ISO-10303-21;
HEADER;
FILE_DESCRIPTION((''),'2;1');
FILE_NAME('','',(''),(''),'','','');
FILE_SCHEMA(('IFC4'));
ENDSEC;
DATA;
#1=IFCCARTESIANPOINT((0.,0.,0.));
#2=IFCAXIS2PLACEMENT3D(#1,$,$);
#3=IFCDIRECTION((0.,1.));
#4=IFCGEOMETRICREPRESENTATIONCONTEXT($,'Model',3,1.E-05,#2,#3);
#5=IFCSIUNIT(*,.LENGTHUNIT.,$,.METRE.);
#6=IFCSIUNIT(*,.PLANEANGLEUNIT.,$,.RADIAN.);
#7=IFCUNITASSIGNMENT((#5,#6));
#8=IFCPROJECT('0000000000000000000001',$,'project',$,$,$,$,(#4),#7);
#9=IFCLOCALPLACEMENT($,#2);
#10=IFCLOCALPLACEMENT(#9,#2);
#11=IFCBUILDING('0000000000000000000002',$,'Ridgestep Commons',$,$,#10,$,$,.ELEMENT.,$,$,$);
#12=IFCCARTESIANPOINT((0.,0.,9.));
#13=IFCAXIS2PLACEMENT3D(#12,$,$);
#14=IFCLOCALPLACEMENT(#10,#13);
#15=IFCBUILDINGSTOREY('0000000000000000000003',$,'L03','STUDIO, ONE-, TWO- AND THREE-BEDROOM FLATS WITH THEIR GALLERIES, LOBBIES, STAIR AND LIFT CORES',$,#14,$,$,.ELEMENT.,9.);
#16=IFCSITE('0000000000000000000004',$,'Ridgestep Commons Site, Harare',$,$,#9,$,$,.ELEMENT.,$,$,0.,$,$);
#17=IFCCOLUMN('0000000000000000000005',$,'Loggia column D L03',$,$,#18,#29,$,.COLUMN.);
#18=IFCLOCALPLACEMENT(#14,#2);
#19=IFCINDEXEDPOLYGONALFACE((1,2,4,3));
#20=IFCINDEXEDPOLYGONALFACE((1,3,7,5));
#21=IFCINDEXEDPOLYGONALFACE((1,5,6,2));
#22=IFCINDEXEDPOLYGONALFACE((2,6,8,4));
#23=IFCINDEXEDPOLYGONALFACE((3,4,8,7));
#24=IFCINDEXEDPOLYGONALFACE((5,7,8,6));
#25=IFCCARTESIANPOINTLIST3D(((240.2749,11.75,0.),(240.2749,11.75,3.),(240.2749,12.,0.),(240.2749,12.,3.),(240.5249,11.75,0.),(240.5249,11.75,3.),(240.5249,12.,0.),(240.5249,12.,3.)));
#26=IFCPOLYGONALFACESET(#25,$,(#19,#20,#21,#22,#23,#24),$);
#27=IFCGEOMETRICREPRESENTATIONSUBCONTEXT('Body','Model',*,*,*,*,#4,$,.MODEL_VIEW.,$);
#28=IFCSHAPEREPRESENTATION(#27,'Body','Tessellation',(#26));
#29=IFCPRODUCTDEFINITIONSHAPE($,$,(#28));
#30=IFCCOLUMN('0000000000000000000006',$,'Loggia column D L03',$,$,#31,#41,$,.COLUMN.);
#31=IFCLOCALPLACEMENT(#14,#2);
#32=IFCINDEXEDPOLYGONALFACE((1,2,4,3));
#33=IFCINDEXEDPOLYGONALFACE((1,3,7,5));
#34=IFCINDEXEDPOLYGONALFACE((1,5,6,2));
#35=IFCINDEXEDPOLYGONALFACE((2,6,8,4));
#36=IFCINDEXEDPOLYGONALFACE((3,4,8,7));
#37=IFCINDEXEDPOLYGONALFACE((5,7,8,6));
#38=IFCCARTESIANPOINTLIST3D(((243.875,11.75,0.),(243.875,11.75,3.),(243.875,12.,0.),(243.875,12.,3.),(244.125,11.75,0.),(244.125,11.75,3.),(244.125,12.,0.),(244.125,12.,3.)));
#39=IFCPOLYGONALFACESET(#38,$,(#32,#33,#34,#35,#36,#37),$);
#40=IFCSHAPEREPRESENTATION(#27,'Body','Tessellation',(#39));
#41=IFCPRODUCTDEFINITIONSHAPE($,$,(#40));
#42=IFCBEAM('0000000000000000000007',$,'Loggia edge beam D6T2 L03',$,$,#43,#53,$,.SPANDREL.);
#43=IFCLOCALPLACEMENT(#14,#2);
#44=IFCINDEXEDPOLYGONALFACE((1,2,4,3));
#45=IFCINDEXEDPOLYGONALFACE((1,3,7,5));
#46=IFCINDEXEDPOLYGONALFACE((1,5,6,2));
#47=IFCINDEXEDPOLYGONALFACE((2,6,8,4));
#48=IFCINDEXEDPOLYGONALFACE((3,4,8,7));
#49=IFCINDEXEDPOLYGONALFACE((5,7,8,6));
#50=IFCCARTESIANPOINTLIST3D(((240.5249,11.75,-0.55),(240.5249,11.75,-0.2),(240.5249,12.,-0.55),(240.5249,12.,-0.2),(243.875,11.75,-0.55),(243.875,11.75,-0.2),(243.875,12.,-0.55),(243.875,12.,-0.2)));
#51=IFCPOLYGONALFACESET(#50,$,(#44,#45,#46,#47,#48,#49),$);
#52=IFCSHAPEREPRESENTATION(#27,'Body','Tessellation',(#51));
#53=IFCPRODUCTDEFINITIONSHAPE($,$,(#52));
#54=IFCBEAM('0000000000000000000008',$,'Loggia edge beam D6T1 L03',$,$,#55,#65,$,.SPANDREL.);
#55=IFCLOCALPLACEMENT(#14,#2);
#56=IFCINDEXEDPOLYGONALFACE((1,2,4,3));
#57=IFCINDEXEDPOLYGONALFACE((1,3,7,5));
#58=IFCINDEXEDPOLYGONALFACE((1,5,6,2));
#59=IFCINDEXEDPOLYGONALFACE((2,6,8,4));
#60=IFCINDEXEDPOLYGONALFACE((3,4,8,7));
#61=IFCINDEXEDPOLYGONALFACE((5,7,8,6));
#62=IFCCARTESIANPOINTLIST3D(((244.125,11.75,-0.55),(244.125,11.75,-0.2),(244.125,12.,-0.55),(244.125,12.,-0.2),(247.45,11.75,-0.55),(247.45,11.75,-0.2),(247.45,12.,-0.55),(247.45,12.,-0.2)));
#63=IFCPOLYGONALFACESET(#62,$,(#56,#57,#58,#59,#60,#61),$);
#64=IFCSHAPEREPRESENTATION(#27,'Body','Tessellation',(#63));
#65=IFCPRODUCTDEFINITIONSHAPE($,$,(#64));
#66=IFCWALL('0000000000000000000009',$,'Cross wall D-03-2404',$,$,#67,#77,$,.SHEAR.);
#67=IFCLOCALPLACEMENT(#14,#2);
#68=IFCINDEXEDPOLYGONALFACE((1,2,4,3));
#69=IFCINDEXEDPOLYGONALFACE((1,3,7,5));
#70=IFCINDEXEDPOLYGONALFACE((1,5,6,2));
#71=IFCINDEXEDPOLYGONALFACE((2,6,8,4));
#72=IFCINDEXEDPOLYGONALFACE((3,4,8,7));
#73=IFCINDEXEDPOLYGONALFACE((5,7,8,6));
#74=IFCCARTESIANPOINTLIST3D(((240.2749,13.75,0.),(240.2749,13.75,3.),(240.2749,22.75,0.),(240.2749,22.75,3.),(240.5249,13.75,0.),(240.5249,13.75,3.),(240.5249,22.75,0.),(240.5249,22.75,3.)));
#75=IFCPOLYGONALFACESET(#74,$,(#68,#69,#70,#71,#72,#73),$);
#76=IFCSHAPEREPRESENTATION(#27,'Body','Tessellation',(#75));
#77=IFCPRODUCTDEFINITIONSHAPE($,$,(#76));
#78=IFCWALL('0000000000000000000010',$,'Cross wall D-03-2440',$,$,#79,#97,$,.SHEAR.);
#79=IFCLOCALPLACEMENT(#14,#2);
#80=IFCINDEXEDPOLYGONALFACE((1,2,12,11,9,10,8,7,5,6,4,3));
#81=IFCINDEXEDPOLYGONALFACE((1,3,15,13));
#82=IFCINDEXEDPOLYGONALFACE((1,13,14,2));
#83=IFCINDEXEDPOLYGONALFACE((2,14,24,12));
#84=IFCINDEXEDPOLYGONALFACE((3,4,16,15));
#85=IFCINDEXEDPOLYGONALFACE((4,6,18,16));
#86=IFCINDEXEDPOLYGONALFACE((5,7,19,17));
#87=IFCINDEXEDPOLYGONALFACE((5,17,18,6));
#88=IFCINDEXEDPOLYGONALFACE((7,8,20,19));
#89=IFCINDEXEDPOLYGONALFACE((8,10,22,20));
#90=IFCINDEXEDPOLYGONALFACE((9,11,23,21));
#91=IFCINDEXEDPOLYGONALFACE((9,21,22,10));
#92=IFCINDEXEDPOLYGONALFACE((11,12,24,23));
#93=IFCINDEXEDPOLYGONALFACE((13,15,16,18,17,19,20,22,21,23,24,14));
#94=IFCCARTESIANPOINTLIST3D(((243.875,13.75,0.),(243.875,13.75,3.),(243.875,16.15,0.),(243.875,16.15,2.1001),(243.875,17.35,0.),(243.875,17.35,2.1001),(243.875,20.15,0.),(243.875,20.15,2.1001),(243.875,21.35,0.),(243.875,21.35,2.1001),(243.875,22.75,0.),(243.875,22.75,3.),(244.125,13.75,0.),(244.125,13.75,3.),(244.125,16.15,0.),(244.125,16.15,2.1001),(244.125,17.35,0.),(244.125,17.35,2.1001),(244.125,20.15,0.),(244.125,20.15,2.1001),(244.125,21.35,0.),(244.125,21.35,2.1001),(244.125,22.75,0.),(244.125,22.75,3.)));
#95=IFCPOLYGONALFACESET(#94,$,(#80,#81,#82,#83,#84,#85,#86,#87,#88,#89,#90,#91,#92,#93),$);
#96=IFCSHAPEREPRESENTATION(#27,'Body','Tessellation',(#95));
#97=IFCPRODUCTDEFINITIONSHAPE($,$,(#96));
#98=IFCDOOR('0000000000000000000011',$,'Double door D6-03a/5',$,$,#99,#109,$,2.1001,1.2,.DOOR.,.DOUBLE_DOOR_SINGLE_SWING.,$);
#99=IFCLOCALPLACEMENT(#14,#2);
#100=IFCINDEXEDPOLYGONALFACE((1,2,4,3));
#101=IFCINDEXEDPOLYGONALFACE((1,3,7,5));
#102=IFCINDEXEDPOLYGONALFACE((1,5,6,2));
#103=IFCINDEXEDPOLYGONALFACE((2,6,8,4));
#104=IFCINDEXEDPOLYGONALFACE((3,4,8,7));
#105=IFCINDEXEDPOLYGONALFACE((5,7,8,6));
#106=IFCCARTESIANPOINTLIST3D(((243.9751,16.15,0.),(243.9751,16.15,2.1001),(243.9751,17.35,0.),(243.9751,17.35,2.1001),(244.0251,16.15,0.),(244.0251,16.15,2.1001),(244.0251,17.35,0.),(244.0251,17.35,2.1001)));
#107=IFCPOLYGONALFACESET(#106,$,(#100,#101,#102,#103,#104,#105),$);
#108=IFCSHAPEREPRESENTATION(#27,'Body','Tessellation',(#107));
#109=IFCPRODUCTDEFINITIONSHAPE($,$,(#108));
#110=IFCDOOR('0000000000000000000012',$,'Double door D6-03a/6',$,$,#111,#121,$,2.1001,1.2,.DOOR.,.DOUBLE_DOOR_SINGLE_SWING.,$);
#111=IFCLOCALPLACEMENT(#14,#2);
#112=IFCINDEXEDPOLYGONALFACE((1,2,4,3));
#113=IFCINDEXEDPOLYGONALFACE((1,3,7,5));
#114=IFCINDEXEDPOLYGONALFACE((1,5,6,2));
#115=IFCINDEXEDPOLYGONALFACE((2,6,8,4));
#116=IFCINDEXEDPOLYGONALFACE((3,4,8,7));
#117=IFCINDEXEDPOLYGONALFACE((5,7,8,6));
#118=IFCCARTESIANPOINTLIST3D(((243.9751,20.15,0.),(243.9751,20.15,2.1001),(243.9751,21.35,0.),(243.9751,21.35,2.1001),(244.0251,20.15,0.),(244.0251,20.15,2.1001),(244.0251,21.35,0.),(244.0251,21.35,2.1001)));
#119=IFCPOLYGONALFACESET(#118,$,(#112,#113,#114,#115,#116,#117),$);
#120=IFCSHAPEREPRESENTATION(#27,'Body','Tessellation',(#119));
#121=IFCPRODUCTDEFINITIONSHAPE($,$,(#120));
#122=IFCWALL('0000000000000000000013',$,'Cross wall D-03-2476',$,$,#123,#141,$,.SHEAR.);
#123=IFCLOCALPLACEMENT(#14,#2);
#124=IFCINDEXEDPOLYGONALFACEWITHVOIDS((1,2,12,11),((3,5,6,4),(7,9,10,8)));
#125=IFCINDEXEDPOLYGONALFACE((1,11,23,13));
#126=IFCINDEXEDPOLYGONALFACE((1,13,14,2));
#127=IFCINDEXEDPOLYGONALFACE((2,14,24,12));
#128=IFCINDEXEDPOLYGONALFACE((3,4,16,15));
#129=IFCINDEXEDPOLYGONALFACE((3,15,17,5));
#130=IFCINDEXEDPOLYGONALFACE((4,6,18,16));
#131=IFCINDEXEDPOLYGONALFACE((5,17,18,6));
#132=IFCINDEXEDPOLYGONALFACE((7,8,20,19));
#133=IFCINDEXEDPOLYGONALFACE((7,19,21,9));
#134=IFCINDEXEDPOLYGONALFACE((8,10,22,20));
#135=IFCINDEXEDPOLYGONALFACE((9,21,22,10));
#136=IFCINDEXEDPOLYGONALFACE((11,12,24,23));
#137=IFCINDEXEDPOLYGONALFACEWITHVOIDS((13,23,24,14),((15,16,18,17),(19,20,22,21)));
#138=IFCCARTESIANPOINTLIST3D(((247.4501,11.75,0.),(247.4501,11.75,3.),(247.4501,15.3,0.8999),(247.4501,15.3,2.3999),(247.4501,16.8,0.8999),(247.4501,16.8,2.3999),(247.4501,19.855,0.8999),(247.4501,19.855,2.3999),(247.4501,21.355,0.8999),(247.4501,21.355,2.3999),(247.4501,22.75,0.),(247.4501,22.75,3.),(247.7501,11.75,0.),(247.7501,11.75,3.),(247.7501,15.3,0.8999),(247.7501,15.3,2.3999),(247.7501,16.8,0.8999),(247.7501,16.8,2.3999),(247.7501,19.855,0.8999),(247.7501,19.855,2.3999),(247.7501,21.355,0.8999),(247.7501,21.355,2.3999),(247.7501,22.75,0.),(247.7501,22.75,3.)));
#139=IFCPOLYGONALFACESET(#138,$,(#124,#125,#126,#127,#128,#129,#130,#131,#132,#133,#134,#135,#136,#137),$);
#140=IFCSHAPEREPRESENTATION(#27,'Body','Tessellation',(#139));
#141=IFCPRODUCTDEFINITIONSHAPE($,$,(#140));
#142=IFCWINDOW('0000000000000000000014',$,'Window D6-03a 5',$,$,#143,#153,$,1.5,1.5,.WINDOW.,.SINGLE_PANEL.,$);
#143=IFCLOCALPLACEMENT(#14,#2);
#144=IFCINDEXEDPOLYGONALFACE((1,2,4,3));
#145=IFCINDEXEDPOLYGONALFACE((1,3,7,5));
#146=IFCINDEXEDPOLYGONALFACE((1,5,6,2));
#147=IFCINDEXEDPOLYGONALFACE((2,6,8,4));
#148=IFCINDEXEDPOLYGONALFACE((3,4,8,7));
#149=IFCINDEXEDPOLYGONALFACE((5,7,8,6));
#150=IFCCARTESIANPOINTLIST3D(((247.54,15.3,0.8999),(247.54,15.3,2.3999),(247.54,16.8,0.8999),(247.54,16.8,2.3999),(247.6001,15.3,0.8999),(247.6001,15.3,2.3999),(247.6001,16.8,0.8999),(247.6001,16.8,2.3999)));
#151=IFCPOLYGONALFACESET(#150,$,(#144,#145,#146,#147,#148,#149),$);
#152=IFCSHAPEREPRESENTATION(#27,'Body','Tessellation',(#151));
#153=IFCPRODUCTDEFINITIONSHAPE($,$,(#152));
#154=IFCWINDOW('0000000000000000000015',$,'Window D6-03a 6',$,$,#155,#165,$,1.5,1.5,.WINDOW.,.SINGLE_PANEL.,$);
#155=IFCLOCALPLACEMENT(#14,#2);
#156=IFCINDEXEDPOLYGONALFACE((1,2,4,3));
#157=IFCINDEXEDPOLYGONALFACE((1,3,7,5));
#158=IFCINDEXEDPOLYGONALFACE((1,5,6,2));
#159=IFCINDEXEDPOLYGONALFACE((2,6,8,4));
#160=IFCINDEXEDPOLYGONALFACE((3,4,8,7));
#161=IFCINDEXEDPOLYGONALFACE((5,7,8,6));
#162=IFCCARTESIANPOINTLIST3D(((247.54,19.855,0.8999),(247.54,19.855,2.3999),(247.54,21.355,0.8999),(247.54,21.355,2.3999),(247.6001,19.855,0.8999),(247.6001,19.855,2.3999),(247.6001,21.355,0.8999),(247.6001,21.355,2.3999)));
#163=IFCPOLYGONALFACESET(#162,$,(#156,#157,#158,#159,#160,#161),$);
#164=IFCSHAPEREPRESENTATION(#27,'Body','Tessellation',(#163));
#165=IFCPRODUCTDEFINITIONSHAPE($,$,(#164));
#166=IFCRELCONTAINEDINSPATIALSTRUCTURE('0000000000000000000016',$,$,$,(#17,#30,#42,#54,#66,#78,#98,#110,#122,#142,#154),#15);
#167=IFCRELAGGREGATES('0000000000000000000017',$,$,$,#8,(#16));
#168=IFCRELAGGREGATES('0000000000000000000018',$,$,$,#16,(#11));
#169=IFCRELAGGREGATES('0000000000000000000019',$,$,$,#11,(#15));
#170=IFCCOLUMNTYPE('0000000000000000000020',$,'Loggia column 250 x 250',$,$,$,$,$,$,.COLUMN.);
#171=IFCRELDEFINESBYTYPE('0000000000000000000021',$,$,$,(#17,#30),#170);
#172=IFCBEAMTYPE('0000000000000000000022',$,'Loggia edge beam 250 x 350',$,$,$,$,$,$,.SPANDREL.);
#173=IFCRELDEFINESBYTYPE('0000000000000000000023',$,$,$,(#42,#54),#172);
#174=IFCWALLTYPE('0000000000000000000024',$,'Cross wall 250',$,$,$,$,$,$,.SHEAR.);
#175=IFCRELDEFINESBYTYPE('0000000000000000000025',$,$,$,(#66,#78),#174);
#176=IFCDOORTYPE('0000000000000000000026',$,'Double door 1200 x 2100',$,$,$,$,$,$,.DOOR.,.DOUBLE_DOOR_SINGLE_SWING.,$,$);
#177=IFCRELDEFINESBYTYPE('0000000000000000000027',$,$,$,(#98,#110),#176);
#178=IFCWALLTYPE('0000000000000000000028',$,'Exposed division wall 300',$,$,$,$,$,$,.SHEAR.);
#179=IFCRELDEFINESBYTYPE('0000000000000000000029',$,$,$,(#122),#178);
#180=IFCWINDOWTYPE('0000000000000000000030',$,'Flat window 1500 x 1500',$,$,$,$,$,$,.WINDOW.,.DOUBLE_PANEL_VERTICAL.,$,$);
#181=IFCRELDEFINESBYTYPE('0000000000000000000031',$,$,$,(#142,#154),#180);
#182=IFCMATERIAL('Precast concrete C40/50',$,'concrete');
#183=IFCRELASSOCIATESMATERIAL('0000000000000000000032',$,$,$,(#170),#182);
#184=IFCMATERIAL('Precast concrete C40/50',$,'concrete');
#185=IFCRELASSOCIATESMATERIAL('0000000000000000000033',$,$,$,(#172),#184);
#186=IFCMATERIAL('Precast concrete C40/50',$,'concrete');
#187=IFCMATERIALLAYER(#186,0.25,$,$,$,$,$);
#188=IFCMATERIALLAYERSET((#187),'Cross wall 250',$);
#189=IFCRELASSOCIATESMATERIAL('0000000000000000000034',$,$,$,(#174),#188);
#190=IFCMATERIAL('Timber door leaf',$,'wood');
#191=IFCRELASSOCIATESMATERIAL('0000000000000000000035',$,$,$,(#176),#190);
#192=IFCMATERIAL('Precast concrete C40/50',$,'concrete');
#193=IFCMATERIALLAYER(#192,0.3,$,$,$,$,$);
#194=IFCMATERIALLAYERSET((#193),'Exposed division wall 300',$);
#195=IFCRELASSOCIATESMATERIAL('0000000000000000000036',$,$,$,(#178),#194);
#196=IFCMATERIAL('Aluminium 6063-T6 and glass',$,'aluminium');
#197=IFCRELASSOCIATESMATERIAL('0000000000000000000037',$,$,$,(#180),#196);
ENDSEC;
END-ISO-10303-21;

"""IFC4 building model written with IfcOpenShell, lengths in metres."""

from ifc_helpers import new_model, si_unit, direction, frame, frame_2d, origin, origin_2d, place, context, subcontext, project, spatial, rectangle, extrude, material, layer, layer_set, material_profile, profile_set, type_object, element, fill, save


model = new_model("IFC4")

# Units and contexts
model_context = context("Model", 3, precision=1e-05, world=origin(), true_north=direction((0.0, 1.0)))
body_context = subcontext(model_context, "Body", "Model", "MODEL_VIEW")
ifc_project = project(units=[si_unit("LENGTHUNIT", "METRE"), si_unit("PLANEANGLEUNIT", "RADIAN")], contexts=[model_context])

# Site, building, storey
site_placement = place(None, origin())
site = spatial("IfcSite", under=ifc_project, at=site_placement, Name="Ridgestep Commons Site, Harare", CompositionType="ELEMENT", RefElevation=0.0)
building_placement = place(site_placement, origin())
building = spatial("IfcBuilding", under=site, at=building_placement, Name="Ridgestep Commons", CompositionType="ELEMENT")
storey_placement = place(building_placement, frame((0.0, 0.0, 9.0)))
storey = spatial("IfcBuildingStorey", under=building, at=storey_placement, Name="L03", Description="STUDIO, ONE-, TWO- AND THREE-BEDROOM FLATS WITH THEIR GALLERIES, LOBBIES, STAIR AND LIFT CORES", CompositionType="ELEMENT", Elevation=9.0)

# Columns
ifc_material_1 = material(Name="Precast concrete C40/50", Category="concrete")
ifc_material_profile_1 = material_profile(ifc_material_1, rectangle(XDim=0.25, YDim=0.25, at=origin_2d()), Name="PC 250x250")
ifc_profile_set_1 = profile_set([ifc_material_profile_1], Name="Precast concrete C40/50")
column_type = type_object("IfcColumnType", Name="Loggia column 250 x 250", PredefinedType="COLUMN", material=ifc_profile_set_1)
for number, where, z_axis, x_axis, name in (
    (1, (240.3999, 11.875, 0.0), (0.0, 0.0, 1.0), (1.0, 0.0, 0.0), "Loggia column D L03"),
    (2, (244.0, 11.875, 0.0), (0.0, 0.0, 1.0), (1.0, 0.0, 0.0), "Loggia column D L03"),
):
    element("IfcColumn", number, at=place(storey_placement, frame(where, z_axis=z_axis, x_axis=x_axis)), inside=storey, type_object=column_type, Name=name, PredefinedType="COLUMN", context=body_context, shape_type="SweptSolid", body=[
        extrude(rectangle(XDim=0.25, YDim=0.25, at=origin_2d()), origin(), (0.0, 0.0, 1.0), 3.0),
    ])

# Beams
ifc_material_2 = material(Name="Precast concrete C40/50", Category="concrete")
ifc_material_profile_2 = material_profile(ifc_material_2, rectangle(XDim=0.25, YDim=0.3501, at=origin_2d()), Name="PC 250x350")
ifc_profile_set_2 = profile_set([ifc_material_profile_2], Name="Precast concrete C40/50")
beam_type = type_object("IfcBeamType", Name="Loggia edge beam 250 x 350", PredefinedType="SPANDREL", material=ifc_profile_set_2)
beam_1_placement = place(storey_placement, frame((240.5249, 11.875, -0.375), z_axis=(1.0, 0.0, 0.0), x_axis=(0.0, 1.0, 0.0)))
element("IfcBeam", 3, at=beam_1_placement, inside=storey, type_object=beam_type, Name="Loggia edge beam D6T2 L03", PredefinedType="SPANDREL", context=body_context, shape_type="SweptSolid", body=[
    extrude(rectangle(XDim=0.25, YDim=0.3501, at=origin_2d()), origin(), (0.0, 0.0, 1.0), 3.3501),
])
beam_2_placement = place(storey_placement, frame((244.125, 11.875, -0.375), z_axis=(1.0, 0.0, 0.0), x_axis=(0.0, 1.0, 0.0)))
element("IfcBeam", 4, at=beam_2_placement, inside=storey, type_object=beam_type, Name="Loggia edge beam D6T1 L03", PredefinedType="SPANDREL", context=body_context, shape_type="SweptSolid", body=[
    extrude(rectangle(XDim=0.25, YDim=0.3501, at=origin_2d()), origin(), (0.0, 0.0, 1.0), 3.325),
])

# Wall
ifc_material_3 = material(Name="Precast concrete C40/50", Category="concrete")
ifc_layer_1 = layer(ifc_material_3, 0.25)
ifc_layer_set_1 = layer_set([ifc_layer_1], Name="Cross wall 250")
wall_type_1 = type_object("IfcWallType", Name="Cross wall 250", PredefinedType="SHEAR", material=ifc_layer_set_1)
wall_1_placement = place(storey_placement, frame((240.3999, 13.75, 0.0), z_axis=(0.0, 0.0, 1.0), x_axis=(0.0, 1.0, 0.0)))
element("IfcWall", 5, at=wall_1_placement, inside=storey, type_object=wall_type_1, Name="Cross wall D-03-2404", PredefinedType="SHEAR", context=body_context, shape_type="SweptSolid", body=[
    extrude(rectangle(XDim=9.0, YDim=0.25, at=frame_2d((4.5, 0.0))), origin(), (0.0, 0.0, 1.0), 3.0),
])

# Wall, openings, doors
wall_2_placement = place(storey_placement, frame((244.0, 13.75, 0.0), z_axis=(0.0, 0.0, 1.0), x_axis=(0.0, 1.0, 0.0)))
wall_2 = element("IfcWall", 6, at=wall_2_placement, inside=storey, type_object=wall_type_1, Name="Cross wall D-03-2440", PredefinedType="SHEAR", context=body_context, shape_type="SweptSolid", body=[
    extrude(rectangle(XDim=9.0, YDim=0.25, at=frame_2d((4.5, 0.0))), origin(), (0.0, 0.0, 1.0), 3.0),
])
opening_1_placement = place(wall_2_placement, frame((2.3999, 0.0, 0.0)))
opening_1 = element("IfcOpeningElement", 7, at=opening_1_placement, cuts=wall_2, PredefinedType="OPENING", context=body_context, shape_type="SweptSolid", body=[
    extrude(rectangle(XDim=1.2, YDim=2.1001, at=frame_2d((0.6001, 1.05))), frame((0.0, 0.135, 0.0), z_axis=(0.0, -1.0, 0.0), x_axis=(1.0, 0.0, 0.0)), (0.0, 0.0, 1.0), 0.27),
])
opening_2_placement = place(wall_2_placement, frame((6.3999, 0.0, 0.0)))
opening_2 = element("IfcOpeningElement", 8, at=opening_2_placement, cuts=wall_2, PredefinedType="OPENING", context=body_context, shape_type="SweptSolid", body=[
    extrude(rectangle(XDim=1.2, YDim=2.1001, at=frame_2d((0.6001, 1.05))), frame((0.0, 0.135, 0.0), z_axis=(0.0, -1.0, 0.0), x_axis=(1.0, 0.0, 0.0)), (0.0, 0.0, 1.0), 0.27),
])
ifc_material_4 = material(Name="Timber door leaf", Category="wood")
door_type_1 = type_object("IfcDoorType", Name="Double door 1200 x 2100", OperationType="DOUBLE_DOOR_SINGLE_SWING", PredefinedType="DOOR", material=ifc_material_4)
door_1_placement = place(opening_1_placement, origin())
door_1 = element("IfcDoor", 9, at=door_1_placement, inside=storey, type_object=door_type_1, Name="Double door D6-03a/5", OperationType="DOUBLE_DOOR_SINGLE_SWING", OverallHeight=2.1001, OverallWidth=1.2, PredefinedType="DOOR", context=body_context, shape_type="SweptSolid", body=[
    extrude(rectangle(XDim=1.2, YDim=2.1001, at=frame_2d((0.6001, 1.05))), frame((0.0, 0.0249, 0.0), z_axis=(0.0, -1.0, 0.0), x_axis=(1.0, 0.0, 0.0)), (0.0, 0.0, 1.0), 0.05),
])
fill(opening_1, door_1)
door_2_placement = place(opening_2_placement, origin())
door_2 = element("IfcDoor", 10, at=door_2_placement, inside=storey, type_object=door_type_1, Name="Double door D6-03a/6", OperationType="DOUBLE_DOOR_SINGLE_SWING", OverallHeight=2.1001, OverallWidth=1.2, PredefinedType="DOOR", context=body_context, shape_type="SweptSolid", body=[
    extrude(rectangle(XDim=1.2, YDim=2.1001, at=frame_2d((0.6001, 1.05))), frame((0.0, 0.0249, 0.0), z_axis=(0.0, -1.0, 0.0), x_axis=(1.0, 0.0, 0.0)), (0.0, 0.0, 1.0), 0.05),
])
fill(opening_2, door_2)

# Wall, openings, windows
ifc_material_5 = material(Name="Precast concrete C40/50", Category="concrete")
ifc_layer_2 = layer(ifc_material_5, 0.3)
ifc_layer_set_2 = layer_set([ifc_layer_2], Name="Exposed division wall 300")
wall_type_2 = type_object("IfcWallType", Name="Exposed division wall 300", PredefinedType="SHEAR", material=ifc_layer_set_2)
wall_3_placement = place(storey_placement, frame((247.6001, 11.75, 0.0), z_axis=(0.0, 0.0, 1.0), x_axis=(0.0, 1.0, 0.0)))
wall_3 = element("IfcWall", 11, at=wall_3_placement, inside=storey, type_object=wall_type_2, Name="Cross wall D-03-2476", PredefinedType="SHEAR", context=body_context, shape_type="SweptSolid", body=[
    extrude(rectangle(XDim=11.0, YDim=0.3, at=frame_2d((5.5, 0.0))), origin(), (0.0, 0.0, 1.0), 3.0),
])
opening_3_placement = place(wall_3_placement, frame((3.55, 0.0, 0.8999)))
opening_3 = element("IfcOpeningElement", 12, at=opening_3_placement, cuts=wall_3, PredefinedType="OPENING", context=body_context, shape_type="SweptSolid", body=[
    extrude(rectangle(XDim=1.5, YDim=1.5, at=frame_2d((0.75, 0.75))), frame((0.0, 0.1599, 0.0), z_axis=(0.0, -1.0, 0.0), x_axis=(1.0, 0.0, 0.0)), (0.0, 0.0, 1.0), 0.3201),
])
opening_4_placement = place(wall_3_placement, frame((8.105, 0.0, 0.8999)))
opening_4 = element("IfcOpeningElement", 13, at=opening_4_placement, cuts=wall_3, PredefinedType="OPENING", context=body_context, shape_type="SweptSolid", body=[
    extrude(rectangle(XDim=1.5, YDim=1.5, at=frame_2d((0.75, 0.75))), frame((0.0, 0.1599, 0.0), z_axis=(0.0, -1.0, 0.0), x_axis=(1.0, 0.0, 0.0)), (0.0, 0.0, 1.0), 0.3201),
])
ifc_material_6 = material(Name="Aluminium 6063-T6 and glass", Category="aluminium")
window_type_1 = type_object("IfcWindowType", Name="Flat window 1500 x 1500", PartitioningType="DOUBLE_PANEL_VERTICAL", PredefinedType="WINDOW", material=ifc_material_6)
window_1_placement = place(opening_3_placement, origin())
window_1 = element("IfcWindow", 14, at=window_1_placement, inside=storey, type_object=window_type_1, Name="Window D6-03a 5", OverallHeight=1.5, OverallWidth=1.5, PartitioningType="SINGLE_PANEL", PredefinedType="WINDOW", context=body_context, shape_type="SweptSolid", body=[
    extrude(rectangle(XDim=1.5, YDim=1.5, at=frame_2d((0.75, 0.75))), frame((0.0, 0.0601, 0.0), z_axis=(0.0, -1.0, 0.0), x_axis=(1.0, 0.0, 0.0)), (0.0, 0.0, 1.0), 0.0601),
])
fill(opening_3, window_1)
window_2_placement = place(opening_4_placement, origin())
window_2 = element("IfcWindow", 15, at=window_2_placement, inside=storey, type_object=window_type_1, Name="Window D6-03a 6", OverallHeight=1.5, OverallWidth=1.5, PartitioningType="SINGLE_PANEL", PredefinedType="WINDOW", context=body_context, shape_type="SweptSolid", body=[
    extrude(rectangle(XDim=1.5, YDim=1.5, at=frame_2d((0.75, 0.75))), frame((0.0, 0.0601, 0.0), z_axis=(0.0, -1.0, 0.0), x_axis=(1.0, 0.0, 0.0)), (0.0, 0.0, 1.0), 0.0601),
])
fill(opening_4, window_2)

save(model, "model.ifc")
